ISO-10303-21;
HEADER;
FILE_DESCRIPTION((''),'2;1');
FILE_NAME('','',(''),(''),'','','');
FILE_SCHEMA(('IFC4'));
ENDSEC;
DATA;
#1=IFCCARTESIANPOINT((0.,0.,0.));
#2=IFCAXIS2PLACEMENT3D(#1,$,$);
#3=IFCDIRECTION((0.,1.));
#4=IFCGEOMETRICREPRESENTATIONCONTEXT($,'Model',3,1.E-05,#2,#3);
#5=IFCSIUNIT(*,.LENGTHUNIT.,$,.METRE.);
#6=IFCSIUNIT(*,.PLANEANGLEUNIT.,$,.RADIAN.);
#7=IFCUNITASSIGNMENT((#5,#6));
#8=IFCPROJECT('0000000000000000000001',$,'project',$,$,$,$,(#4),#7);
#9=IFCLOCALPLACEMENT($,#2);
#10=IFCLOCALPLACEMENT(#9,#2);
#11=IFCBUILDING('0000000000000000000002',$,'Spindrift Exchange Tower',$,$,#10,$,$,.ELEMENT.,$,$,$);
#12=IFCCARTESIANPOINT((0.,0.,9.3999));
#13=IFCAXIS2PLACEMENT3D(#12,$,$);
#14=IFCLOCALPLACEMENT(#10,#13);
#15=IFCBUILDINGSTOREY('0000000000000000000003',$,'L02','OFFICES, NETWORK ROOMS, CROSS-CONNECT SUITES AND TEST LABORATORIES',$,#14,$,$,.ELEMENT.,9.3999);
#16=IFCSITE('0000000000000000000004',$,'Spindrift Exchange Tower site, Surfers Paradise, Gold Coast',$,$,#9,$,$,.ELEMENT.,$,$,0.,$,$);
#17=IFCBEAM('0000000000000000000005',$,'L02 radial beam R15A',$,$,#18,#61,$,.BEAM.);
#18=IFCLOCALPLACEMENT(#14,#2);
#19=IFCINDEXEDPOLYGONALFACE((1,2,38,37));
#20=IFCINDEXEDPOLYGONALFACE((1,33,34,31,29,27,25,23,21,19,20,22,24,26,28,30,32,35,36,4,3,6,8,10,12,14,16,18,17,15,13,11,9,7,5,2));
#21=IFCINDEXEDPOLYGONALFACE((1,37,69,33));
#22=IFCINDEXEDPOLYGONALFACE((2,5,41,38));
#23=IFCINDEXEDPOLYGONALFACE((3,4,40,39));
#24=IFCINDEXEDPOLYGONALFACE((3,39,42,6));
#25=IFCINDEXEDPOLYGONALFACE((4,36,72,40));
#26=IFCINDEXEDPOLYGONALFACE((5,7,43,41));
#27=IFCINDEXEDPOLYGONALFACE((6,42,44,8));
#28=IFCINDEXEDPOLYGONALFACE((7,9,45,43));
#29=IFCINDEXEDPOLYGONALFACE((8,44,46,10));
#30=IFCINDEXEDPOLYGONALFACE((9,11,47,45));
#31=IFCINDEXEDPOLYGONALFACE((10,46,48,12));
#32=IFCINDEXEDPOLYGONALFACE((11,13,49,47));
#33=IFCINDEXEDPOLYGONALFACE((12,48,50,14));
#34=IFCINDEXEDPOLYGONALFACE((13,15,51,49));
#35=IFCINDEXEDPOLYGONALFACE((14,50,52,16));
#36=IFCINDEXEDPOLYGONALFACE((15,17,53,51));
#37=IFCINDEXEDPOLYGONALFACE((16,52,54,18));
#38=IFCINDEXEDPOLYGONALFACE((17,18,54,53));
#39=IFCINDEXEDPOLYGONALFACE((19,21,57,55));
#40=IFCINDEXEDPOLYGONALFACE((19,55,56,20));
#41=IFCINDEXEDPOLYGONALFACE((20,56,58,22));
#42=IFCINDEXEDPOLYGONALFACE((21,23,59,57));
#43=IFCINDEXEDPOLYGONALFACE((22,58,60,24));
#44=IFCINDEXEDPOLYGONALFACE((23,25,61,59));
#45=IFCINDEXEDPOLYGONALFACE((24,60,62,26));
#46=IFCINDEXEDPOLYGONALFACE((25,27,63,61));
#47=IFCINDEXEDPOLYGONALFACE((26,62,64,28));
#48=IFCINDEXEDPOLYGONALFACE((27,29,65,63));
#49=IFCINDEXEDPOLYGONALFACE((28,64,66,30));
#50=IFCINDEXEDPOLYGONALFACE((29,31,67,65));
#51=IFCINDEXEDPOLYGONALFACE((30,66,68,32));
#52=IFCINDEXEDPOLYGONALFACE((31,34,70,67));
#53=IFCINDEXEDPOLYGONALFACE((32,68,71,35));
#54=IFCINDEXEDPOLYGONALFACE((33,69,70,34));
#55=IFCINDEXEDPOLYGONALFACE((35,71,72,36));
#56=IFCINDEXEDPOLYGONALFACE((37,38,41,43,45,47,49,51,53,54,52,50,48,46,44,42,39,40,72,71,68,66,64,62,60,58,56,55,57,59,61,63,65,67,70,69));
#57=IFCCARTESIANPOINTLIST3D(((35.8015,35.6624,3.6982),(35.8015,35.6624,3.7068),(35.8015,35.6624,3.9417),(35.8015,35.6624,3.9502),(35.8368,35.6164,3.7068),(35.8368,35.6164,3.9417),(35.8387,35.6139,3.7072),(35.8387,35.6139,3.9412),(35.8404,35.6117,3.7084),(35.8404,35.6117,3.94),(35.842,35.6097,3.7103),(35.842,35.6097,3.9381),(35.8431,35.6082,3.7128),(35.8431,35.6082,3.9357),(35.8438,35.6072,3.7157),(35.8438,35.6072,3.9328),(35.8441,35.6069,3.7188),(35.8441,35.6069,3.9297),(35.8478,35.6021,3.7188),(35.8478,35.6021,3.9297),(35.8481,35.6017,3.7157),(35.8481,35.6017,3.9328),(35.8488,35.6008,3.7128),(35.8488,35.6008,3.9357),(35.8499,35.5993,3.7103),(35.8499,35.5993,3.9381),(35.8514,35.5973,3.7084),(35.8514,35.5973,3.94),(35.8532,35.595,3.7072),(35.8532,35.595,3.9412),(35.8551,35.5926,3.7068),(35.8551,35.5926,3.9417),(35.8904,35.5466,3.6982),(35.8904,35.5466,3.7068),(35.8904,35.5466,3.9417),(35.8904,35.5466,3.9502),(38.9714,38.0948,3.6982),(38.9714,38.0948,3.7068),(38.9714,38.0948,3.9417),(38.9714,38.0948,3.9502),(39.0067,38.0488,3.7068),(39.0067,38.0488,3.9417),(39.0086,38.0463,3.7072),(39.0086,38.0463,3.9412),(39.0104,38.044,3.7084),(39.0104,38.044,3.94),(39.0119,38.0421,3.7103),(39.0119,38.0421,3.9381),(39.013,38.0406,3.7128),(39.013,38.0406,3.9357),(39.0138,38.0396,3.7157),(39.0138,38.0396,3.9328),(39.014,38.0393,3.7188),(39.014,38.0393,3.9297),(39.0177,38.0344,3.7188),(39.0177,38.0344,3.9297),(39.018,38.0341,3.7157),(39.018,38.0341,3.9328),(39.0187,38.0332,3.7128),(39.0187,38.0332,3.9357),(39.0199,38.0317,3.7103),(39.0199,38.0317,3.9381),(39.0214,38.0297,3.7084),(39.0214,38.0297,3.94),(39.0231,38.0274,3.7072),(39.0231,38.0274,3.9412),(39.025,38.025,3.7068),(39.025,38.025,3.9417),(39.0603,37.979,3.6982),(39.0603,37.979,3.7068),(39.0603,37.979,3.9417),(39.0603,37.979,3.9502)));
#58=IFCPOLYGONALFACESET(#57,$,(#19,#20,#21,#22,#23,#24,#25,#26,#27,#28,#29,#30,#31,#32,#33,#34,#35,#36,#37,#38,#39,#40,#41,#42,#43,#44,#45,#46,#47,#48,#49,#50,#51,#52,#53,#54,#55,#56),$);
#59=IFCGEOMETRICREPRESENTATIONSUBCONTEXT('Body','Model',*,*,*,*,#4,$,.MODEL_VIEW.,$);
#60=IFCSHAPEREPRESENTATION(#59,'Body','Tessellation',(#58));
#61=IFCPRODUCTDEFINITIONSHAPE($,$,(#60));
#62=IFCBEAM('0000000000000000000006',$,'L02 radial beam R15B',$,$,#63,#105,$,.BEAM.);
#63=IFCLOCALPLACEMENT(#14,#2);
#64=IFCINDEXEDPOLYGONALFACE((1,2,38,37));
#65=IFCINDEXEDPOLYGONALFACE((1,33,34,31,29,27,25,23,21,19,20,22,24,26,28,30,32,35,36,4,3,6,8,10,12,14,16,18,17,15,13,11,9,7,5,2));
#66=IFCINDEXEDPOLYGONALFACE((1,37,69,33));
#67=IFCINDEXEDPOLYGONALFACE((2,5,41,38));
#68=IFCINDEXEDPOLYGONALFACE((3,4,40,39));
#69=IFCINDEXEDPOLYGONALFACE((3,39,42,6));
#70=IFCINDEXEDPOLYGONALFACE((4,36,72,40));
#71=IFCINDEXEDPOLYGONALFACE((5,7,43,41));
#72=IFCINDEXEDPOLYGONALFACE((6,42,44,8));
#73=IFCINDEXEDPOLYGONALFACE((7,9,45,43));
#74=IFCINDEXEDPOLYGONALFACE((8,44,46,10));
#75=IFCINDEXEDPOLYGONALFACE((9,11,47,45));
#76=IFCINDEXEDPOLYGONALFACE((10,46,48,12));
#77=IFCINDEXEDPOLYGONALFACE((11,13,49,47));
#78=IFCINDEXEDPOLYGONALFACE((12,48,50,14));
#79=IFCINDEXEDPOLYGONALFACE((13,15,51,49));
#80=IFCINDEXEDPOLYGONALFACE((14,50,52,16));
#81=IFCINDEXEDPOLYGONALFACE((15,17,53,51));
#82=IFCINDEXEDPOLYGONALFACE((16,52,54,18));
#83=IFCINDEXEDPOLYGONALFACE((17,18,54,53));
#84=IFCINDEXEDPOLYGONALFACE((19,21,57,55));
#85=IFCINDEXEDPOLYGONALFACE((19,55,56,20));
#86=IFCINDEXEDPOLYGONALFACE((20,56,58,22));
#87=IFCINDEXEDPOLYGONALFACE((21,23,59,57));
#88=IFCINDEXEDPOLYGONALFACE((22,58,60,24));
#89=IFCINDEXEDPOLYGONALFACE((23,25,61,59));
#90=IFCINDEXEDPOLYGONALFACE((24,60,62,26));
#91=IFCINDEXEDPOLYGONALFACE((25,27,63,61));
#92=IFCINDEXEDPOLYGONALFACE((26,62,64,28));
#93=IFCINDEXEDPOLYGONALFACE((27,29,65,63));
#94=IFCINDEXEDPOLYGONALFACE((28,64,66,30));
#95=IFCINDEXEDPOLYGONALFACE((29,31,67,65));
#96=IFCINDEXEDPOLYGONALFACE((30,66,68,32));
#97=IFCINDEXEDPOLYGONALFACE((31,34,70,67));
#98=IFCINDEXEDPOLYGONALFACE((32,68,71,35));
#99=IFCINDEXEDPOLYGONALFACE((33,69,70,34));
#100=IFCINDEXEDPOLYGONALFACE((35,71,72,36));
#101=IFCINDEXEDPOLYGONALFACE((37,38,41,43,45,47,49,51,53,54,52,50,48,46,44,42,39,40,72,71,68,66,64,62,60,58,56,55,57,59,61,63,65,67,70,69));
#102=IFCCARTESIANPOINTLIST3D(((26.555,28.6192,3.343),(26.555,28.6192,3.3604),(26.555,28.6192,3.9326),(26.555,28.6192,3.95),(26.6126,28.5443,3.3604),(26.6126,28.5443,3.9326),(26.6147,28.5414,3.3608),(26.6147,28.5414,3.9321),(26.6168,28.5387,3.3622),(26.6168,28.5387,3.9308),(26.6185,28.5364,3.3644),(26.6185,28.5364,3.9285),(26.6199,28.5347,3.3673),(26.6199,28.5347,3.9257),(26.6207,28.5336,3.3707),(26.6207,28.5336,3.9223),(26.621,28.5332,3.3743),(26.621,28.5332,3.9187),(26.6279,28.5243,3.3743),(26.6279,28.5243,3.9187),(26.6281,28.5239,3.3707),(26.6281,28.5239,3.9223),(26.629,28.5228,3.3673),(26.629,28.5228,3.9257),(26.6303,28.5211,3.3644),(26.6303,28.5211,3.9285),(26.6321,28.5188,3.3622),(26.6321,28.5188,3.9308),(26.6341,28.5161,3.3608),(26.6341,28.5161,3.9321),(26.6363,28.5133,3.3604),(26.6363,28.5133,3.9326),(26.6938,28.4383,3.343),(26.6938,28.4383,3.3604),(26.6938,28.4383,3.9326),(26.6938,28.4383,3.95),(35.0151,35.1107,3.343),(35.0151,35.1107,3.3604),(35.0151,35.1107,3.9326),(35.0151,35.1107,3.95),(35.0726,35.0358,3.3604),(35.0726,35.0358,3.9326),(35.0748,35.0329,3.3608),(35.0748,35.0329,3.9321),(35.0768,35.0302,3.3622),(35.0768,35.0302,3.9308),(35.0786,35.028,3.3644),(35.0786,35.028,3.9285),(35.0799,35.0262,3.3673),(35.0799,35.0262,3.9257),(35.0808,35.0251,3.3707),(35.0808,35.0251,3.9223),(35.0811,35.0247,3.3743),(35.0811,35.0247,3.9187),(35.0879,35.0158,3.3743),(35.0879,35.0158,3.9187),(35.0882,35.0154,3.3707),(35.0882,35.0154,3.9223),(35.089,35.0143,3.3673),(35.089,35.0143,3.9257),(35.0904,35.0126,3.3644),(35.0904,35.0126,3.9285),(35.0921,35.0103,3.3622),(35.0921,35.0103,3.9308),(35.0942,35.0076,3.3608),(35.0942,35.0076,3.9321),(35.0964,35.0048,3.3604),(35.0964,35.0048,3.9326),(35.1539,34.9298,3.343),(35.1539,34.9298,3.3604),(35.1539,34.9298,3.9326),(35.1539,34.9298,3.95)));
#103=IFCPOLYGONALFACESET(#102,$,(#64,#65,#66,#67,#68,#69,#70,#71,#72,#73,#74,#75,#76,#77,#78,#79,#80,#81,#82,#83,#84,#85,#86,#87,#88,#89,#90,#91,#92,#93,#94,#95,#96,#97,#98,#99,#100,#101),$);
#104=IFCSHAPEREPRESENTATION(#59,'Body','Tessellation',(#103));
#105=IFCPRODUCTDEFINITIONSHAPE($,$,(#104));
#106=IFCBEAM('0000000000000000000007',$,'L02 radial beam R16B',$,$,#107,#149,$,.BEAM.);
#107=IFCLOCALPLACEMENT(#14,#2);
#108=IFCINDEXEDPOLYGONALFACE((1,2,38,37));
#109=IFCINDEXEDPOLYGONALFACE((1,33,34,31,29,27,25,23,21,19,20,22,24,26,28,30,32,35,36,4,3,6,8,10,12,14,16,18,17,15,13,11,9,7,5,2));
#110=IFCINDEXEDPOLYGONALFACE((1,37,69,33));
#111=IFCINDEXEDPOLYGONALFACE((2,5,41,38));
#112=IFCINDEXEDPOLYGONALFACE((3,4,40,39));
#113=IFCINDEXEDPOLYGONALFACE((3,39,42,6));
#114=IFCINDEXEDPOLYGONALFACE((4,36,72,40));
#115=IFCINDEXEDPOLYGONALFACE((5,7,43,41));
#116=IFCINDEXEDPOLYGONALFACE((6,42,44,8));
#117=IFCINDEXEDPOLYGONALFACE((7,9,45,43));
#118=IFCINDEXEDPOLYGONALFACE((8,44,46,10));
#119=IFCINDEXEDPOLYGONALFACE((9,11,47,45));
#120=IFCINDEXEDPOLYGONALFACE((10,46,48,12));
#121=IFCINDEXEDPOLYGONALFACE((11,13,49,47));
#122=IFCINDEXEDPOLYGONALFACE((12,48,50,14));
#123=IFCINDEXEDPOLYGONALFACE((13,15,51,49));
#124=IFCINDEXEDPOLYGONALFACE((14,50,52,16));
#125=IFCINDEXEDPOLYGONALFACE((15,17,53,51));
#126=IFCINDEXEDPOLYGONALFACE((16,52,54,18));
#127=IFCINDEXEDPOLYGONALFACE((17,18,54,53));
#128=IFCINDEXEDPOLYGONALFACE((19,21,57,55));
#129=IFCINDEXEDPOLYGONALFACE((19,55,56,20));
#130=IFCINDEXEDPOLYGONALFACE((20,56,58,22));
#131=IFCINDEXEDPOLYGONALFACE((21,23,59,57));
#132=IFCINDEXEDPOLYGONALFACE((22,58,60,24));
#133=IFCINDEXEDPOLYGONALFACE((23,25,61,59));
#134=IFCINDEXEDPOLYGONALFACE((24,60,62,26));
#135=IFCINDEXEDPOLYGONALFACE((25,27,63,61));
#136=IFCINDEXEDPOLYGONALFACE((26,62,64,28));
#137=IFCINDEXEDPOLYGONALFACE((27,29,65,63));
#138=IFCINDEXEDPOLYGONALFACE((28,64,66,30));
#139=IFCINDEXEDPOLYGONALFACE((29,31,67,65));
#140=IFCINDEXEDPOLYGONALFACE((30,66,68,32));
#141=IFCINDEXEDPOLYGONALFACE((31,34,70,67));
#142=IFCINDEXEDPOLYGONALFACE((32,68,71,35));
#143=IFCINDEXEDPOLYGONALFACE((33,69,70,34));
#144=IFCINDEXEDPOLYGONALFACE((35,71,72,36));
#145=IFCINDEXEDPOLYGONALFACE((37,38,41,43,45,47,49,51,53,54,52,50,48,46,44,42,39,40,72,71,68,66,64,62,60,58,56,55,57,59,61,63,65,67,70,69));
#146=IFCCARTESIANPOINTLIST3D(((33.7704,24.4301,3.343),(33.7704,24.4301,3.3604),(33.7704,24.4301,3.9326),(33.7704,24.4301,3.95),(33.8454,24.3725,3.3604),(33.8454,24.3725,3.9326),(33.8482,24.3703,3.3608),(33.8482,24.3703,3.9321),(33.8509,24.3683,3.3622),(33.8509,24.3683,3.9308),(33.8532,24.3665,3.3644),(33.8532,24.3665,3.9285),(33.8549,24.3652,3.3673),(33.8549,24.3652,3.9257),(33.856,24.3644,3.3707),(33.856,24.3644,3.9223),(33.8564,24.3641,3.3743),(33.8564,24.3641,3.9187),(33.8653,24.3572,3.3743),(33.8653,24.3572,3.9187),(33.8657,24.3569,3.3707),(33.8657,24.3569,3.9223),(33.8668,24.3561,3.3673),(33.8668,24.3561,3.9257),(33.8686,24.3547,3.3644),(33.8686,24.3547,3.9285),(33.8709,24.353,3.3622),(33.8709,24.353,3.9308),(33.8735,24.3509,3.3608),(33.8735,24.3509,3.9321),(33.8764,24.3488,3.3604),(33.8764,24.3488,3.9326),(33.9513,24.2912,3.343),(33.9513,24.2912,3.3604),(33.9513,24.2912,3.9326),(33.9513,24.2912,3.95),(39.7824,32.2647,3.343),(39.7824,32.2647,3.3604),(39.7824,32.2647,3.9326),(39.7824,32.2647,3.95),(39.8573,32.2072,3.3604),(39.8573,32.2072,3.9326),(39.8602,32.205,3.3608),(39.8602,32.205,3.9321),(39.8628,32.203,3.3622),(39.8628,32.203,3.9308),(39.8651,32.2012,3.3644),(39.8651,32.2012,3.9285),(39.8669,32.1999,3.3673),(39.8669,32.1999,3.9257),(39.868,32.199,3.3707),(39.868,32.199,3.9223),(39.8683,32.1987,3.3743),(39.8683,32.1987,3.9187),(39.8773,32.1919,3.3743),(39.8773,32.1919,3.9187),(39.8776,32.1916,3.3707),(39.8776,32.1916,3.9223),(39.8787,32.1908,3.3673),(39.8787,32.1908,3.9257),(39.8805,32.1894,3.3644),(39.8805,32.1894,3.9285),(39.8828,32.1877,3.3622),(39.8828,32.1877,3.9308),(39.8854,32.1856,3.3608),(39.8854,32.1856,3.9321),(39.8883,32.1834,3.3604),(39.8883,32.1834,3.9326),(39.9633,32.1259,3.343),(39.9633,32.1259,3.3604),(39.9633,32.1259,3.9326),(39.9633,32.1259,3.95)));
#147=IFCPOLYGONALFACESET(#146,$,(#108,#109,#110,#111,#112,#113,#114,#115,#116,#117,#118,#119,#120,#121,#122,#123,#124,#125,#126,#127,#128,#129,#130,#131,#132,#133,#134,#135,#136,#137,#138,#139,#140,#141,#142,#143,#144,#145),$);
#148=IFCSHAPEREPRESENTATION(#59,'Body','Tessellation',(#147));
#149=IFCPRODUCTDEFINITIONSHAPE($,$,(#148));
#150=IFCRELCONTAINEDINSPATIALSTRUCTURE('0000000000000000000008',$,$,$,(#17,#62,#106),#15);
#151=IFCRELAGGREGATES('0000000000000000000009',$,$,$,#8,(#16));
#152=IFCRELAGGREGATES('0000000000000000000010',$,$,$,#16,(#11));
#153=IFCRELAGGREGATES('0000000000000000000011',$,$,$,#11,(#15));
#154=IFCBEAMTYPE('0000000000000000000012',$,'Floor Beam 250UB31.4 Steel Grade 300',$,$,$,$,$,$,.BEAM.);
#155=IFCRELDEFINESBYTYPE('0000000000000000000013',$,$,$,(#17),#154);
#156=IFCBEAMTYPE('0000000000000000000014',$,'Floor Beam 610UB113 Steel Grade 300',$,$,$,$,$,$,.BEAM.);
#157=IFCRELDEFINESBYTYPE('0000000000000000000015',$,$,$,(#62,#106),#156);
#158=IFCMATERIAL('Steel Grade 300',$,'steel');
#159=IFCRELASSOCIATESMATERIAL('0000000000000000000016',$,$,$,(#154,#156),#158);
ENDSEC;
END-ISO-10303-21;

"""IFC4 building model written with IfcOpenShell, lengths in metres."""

from ifc_helpers import new_model, si_unit, direction, frame, origin, origin_2d, place, context, subcontext, project, spatial, i_section, extrude, source, transform, mapped, material, material_profile, profile_set, type_object, element, save


model = new_model("IFC4")

# Units and contexts
model_context = context("Model", 3, precision=1e-05, world=origin(), true_north=direction((0.0, 1.0)))
body_context = subcontext(model_context, "Body", "Model", "MODEL_VIEW")
ifc_project = project(units=[si_unit("LENGTHUNIT", "METRE"), si_unit("PLANEANGLEUNIT", "RADIAN")], contexts=[model_context])

# Site, building, storey
site_placement = place(None, origin())
site = spatial("IfcSite", under=ifc_project, at=site_placement, Name="Spindrift Exchange Tower site, Surfers Paradise, Gold Coast", CompositionType="ELEMENT", RefElevation=0.0)
building_placement = place(site_placement, origin())
building = spatial("IfcBuilding", under=site, at=building_placement, Name="Spindrift Exchange Tower", CompositionType="ELEMENT")
storey_placement = place(building_placement, frame((0.0, 0.0, 9.3999)))
storey = spatial("IfcBuildingStorey", under=building, at=storey_placement, Name="L02", Description="OFFICES, NETWORK ROOMS, CROSS-CONNECT SUITES AND TEST LABORATORIES", CompositionType="ELEMENT", Elevation=9.3999)

# Beams
ifc_material_1 = material(Name="Steel Grade 300", Category="steel")
ifc_material_profile_1 = material_profile(ifc_material_1, i_section(OverallWidth=0.146, OverallDepth=0.252, WebThickness=0.0061, FlangeThickness=0.0085, FilletRadius=0.012, at=origin_2d()), Name="250UB31.4")
ifc_profile_set_1 = profile_set([ifc_material_profile_1], Name="Steel Grade 300")
beam_type_1 = type_object("IfcBeamType", Name="Floor Beam 250UB31.4 Steel Grade 300", PredefinedType="BEAM", material=ifc_profile_set_1)
shared_shape_1 = source(origin(), body_context, "Body", "SweptSolid", [
    extrude(i_section(OverallWidth=0.146, OverallDepth=0.252, WebThickness=0.0061, FlangeThickness=0.0085, FilletRadius=0.012, at=origin_2d()), origin(), (0.0, 0.0, 1.0), 3.9956),
])
beam_1_placement = place(storey_placement, frame((39.0159, 38.0369, 3.8242), z_axis=(-0.793353, -0.608762, 0.0), x_axis=(0.608762, -0.793353, 0.0)))
element("IfcBeam", 1, at=beam_1_placement, inside=storey, type_object=beam_type_1, Name="L02 radial beam R15A", PredefinedType="BEAM", context=body_context, shape_type="MappedRepresentation", body=[
    mapped(shared_shape_1, transform((0.0, 0.0, 0.0), scale=1.0)),
])
ifc_material_profile_2 = material_profile(ifc_material_1, i_section(OverallWidth=0.228, OverallDepth=0.6069, WebThickness=0.0112, FlangeThickness=0.0173, FilletRadius=0.0139, at=origin_2d()), Name="610UB113")
ifc_profile_set_2 = profile_set([ifc_material_profile_2], Name="Steel Grade 300")
beam_type_2 = type_object("IfcBeamType", Name="Floor Beam 610UB113 Steel Grade 300", PredefinedType="BEAM", material=ifc_profile_set_2)
shared_shape_2 = source(origin(), body_context, "Body", "SweptSolid", [
    extrude(i_section(OverallWidth=0.228, OverallDepth=0.6069, WebThickness=0.0112, FlangeThickness=0.0173, FilletRadius=0.0139, at=origin_2d()), origin(), (0.0, 0.0, 1.0), 10.6636),
])
beam_2_placement = place(storey_placement, frame((35.0845, 35.0203, 3.6465), z_axis=(-0.793358, -0.608755, 0.0), x_axis=(0.608755, -0.793358, 0.0)))
element("IfcBeam", 2, at=beam_2_placement, inside=storey, type_object=beam_type_2, Name="L02 radial beam R15B", PredefinedType="BEAM", context=body_context, shape_type="MappedRepresentation", body=[
    mapped(shared_shape_2, transform((0.0, 0.0, 0.0), scale=1.0)),
])
shared_shape_3 = source(origin(), body_context, "Body", "SweptSolid", [
    extrude(i_section(OverallWidth=0.228, OverallDepth=0.6069, WebThickness=0.0112, FlangeThickness=0.0173, FilletRadius=0.0139, at=origin_2d()), origin(), (0.0, 0.0, 1.0), 9.8755),
])
beam_3_placement = place(storey_placement, frame((39.8728, 32.1953, 3.6465), z_axis=(-0.608772, -0.793345, 0.0), x_axis=(0.793345, -0.608772, 0.0)))
element("IfcBeam", 3, at=beam_3_placement, inside=storey, type_object=beam_type_2, Name="L02 radial beam R16B", PredefinedType="BEAM", context=body_context, shape_type="MappedRepresentation", body=[
    mapped(shared_shape_3, transform((0.0, 0.0, 0.0), scale=1.0)),
])

save(model, "model.ifc")
